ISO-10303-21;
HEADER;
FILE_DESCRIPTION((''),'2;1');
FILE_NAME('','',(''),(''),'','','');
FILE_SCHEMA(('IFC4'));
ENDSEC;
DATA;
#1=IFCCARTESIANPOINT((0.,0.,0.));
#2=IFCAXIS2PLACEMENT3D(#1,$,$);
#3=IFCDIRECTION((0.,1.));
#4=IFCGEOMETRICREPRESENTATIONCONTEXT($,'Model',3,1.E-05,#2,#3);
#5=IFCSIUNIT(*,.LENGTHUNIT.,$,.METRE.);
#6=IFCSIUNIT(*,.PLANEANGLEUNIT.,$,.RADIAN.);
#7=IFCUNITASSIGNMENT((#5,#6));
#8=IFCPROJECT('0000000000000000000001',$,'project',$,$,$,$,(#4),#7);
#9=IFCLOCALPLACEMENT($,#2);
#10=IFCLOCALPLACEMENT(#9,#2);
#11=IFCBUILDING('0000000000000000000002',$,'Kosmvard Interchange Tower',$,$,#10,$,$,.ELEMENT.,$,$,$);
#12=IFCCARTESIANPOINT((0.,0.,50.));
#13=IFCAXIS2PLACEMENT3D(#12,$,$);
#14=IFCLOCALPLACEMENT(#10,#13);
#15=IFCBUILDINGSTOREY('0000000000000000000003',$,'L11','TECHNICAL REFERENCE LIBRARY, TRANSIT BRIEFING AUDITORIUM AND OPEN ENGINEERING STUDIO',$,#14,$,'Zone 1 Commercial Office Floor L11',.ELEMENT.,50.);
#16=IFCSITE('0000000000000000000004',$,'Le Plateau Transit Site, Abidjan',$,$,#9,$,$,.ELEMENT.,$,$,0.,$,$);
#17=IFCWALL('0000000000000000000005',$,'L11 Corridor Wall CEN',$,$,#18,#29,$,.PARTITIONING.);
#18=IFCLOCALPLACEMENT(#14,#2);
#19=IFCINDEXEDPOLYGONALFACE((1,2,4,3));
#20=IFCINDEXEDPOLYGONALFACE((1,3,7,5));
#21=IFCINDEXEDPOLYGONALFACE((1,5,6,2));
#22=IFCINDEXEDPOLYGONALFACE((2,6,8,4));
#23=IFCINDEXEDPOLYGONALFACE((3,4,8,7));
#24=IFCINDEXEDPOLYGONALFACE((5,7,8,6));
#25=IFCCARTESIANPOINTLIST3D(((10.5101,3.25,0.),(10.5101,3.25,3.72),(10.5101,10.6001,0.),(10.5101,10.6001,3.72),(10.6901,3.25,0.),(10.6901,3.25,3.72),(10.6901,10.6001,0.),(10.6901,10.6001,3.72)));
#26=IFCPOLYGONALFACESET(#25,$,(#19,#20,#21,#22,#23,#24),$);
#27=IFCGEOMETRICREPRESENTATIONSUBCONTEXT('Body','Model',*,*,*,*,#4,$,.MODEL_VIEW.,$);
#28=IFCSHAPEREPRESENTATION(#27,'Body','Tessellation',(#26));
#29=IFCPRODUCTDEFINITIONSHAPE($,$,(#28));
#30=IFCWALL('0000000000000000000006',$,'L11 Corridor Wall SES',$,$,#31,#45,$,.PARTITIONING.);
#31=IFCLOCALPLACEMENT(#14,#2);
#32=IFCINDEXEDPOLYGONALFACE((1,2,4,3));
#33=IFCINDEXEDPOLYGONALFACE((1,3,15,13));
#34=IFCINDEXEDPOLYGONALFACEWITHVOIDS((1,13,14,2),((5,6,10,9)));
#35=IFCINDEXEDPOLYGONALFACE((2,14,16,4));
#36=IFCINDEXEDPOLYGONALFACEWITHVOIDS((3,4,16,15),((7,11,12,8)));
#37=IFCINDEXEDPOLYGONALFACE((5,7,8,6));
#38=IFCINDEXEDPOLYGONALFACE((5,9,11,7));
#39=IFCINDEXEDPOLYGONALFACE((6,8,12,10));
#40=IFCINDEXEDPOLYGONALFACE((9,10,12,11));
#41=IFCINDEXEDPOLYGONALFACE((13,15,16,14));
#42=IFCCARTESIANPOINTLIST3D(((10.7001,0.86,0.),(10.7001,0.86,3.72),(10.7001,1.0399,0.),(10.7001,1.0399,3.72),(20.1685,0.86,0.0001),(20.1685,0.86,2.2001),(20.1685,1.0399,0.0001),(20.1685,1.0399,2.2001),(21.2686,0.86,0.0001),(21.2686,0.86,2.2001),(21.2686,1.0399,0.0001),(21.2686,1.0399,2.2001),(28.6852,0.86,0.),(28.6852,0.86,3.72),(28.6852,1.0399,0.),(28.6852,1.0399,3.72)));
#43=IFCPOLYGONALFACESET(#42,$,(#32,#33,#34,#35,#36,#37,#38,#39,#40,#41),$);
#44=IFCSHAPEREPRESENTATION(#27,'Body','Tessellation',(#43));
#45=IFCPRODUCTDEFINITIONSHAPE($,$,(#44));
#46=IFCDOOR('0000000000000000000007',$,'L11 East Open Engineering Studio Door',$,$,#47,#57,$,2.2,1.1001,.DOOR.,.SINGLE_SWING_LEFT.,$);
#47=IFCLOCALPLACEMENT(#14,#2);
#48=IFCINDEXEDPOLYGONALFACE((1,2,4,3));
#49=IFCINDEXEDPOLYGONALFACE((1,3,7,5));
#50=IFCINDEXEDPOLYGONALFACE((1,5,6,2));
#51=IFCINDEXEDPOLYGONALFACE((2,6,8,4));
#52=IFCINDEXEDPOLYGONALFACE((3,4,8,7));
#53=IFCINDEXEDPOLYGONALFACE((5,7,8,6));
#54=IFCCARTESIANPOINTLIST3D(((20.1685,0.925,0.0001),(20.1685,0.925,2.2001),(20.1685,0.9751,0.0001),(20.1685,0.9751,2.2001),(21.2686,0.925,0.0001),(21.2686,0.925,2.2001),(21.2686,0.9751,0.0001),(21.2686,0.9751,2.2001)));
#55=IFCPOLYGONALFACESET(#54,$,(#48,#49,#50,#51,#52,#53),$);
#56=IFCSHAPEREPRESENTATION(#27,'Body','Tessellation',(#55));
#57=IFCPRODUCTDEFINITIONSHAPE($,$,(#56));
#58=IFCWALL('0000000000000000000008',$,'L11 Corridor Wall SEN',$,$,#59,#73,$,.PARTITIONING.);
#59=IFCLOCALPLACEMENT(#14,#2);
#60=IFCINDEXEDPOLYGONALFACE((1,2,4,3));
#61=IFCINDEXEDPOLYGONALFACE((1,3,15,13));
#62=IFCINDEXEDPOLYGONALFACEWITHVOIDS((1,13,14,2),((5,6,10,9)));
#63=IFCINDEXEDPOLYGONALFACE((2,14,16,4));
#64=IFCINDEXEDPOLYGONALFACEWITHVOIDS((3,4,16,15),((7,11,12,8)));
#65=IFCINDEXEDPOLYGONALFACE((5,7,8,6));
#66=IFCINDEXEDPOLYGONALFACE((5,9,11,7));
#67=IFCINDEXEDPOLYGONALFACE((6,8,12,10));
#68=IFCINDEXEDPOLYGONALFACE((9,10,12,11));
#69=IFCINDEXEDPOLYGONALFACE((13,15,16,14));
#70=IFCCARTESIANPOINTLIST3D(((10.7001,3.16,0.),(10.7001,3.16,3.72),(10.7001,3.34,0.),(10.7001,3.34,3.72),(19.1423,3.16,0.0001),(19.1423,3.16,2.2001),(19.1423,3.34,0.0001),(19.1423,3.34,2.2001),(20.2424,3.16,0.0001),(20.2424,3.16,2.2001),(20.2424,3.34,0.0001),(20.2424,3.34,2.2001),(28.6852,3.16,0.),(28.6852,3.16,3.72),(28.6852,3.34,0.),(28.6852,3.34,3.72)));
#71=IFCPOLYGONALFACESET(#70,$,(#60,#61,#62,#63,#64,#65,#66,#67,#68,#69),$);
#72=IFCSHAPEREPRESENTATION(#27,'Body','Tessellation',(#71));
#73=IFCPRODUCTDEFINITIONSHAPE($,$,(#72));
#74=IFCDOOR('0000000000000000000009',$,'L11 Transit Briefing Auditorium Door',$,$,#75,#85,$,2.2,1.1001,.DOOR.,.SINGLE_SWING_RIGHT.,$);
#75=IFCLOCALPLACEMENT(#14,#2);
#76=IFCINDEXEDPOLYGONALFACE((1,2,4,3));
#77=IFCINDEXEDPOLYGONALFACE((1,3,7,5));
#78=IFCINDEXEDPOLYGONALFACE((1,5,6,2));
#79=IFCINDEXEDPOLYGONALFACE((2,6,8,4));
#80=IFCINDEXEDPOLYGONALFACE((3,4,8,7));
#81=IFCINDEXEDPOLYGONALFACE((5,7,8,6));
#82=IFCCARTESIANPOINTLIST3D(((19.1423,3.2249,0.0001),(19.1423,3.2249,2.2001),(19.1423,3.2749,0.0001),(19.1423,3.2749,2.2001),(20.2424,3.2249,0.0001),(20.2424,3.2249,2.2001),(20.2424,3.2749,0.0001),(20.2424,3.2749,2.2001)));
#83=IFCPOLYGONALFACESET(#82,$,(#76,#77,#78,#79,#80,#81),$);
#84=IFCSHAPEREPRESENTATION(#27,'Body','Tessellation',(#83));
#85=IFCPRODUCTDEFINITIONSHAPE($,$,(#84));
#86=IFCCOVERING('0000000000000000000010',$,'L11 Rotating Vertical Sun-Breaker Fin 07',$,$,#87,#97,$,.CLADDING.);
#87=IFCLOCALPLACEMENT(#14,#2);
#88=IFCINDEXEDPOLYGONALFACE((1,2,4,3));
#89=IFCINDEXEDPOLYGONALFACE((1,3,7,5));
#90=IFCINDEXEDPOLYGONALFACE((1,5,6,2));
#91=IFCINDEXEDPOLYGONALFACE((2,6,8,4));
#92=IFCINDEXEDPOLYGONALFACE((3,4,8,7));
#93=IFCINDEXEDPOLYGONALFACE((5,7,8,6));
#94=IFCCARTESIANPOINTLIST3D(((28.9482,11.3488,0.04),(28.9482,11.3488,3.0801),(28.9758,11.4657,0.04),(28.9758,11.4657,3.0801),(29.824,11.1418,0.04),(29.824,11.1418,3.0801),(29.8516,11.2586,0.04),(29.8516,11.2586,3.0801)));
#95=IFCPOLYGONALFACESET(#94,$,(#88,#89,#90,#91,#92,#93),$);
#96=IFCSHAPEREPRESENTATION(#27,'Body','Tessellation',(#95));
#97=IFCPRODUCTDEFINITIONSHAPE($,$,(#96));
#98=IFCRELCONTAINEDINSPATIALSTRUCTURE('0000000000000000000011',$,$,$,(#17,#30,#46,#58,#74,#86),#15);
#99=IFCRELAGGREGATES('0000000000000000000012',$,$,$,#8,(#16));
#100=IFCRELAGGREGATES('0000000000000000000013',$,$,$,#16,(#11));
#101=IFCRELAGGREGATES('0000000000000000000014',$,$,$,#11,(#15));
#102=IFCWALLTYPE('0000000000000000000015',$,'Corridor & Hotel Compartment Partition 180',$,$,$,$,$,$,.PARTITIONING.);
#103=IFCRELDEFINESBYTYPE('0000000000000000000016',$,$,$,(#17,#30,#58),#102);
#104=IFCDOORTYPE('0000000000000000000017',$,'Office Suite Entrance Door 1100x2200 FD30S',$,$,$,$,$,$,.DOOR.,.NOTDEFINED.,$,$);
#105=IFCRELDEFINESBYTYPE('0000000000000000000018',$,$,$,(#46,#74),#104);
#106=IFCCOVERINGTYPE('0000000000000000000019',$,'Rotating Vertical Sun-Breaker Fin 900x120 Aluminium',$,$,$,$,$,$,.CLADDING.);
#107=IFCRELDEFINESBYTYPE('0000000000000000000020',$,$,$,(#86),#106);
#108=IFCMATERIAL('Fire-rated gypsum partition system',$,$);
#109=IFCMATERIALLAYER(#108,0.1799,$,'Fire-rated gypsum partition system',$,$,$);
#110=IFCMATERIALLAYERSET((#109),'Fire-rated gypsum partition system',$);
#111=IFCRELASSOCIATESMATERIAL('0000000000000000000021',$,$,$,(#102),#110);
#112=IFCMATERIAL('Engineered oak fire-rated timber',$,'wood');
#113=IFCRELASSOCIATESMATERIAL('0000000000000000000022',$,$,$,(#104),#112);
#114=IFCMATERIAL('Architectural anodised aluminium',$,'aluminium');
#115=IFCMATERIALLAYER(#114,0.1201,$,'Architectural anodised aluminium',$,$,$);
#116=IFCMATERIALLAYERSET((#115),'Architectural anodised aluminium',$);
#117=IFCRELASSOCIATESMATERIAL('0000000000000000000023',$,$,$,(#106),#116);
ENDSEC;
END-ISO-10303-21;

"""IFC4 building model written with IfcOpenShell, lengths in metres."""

from ifc_helpers import new_model, si_unit, direction, frame, frame_2d, origin, origin_2d, place, context, subcontext, project, spatial, rectangle, extrude, source, transform, mapped, material, layer, layer_set, type_object, element, fill, save


model = new_model("IFC4")

# Units and contexts
model_context = context("Model", 3, precision=1e-05, world=origin(), true_north=direction((0.0, 1.0)))
body_context = subcontext(model_context, "Body", "Model", "MODEL_VIEW")
ifc_project = project(units=[si_unit("LENGTHUNIT", "METRE"), si_unit("PLANEANGLEUNIT", "RADIAN")], contexts=[model_context])

# Site, building, storey
site_placement = place(None, origin())
site = spatial("IfcSite", under=ifc_project, at=site_placement, Name="Le Plateau Transit Site, Abidjan", CompositionType="ELEMENT", RefElevation=0.0)
building_placement = place(site_placement, origin())
building = spatial("IfcBuilding", under=site, at=building_placement, Name="Kosmvard Interchange Tower", CompositionType="ELEMENT")
storey_placement = place(building_placement, frame((0.0, 0.0, 50.0)))
storey = spatial("IfcBuildingStorey", under=building, at=storey_placement, Name="L11", Description="TECHNICAL REFERENCE LIBRARY, TRANSIT BRIEFING AUDITORIUM AND OPEN ENGINEERING STUDIO", LongName="Zone 1 Commercial Office Floor L11", CompositionType="ELEMENT", Elevation=50.0)

# Wall
ifc_material_1 = material(Name="Fire-rated gypsum partition system")
ifc_layer_1 = layer(ifc_material_1, 0.1799, Name="Fire-rated gypsum partition system")
ifc_layer_set_1 = layer_set([ifc_layer_1], Name="Fire-rated gypsum partition system")
wall_type = type_object("IfcWallType", Name="Corridor & Hotel Compartment Partition 180", PredefinedType="PARTITIONING", material=ifc_layer_set_1)
wall_1_placement = place(storey_placement, frame((10.6001, 3.25, 0.0), z_axis=(0.0, 0.0, 1.0), x_axis=(0.0, 1.0, 0.0)))
element("IfcWall", 1, at=wall_1_placement, inside=storey, type_object=wall_type, Name="L11 Corridor Wall CEN", PredefinedType="PARTITIONING", context=body_context, shape_type="SweptSolid", body=[
    extrude(rectangle(XDim=7.3501, YDim=0.1799, at=frame_2d((3.675, 0.0))), origin(), (0.0, 0.0, 1.0), 3.72),
])

# Walls, openings, doors
wall_2_placement = place(storey_placement, frame((10.7, 0.95, 0.0), z_axis=(0.0, 0.0, 1.0), x_axis=(1.0, 0.0, 0.0)))
wall_2 = element("IfcWall", 2, at=wall_2_placement, inside=storey, type_object=wall_type, Name="L11 Corridor Wall SES", PredefinedType="PARTITIONING", context=body_context, shape_type="SweptSolid", body=[
    extrude(rectangle(XDim=17.9851, YDim=0.1799, at=frame_2d((8.9927, 0.0))), origin(), (0.0, 0.0, 1.0), 3.72),
])
opening_1_placement = place(wall_2_placement, frame((9.4685, 0.0, 0.0)))
opening_1 = element("IfcOpeningElement", 3, at=opening_1_placement, cuts=wall_2, PredefinedType="OPENING", context=body_context, shape_type="SweptSolid", body=[
    extrude(rectangle(XDim=1.1001, YDim=2.2, at=frame_2d((0.55, 1.1001))), frame((0.0, 0.1001, 0.0), z_axis=(0.0, -1.0, 0.0), x_axis=(1.0, 0.0, 0.0)), (0.0, 0.0, 1.0), 0.2),
])
ifc_material_2 = material(Name="Engineered oak fire-rated timber", Category="wood")
door_type = type_object("IfcDoorType", Name="Office Suite Entrance Door 1100x2200 FD30S", OperationType="NOTDEFINED", PredefinedType="DOOR", material=ifc_material_2)
shared_shape_1 = source(origin(), body_context, "Body", "SweptSolid", [
    extrude(rectangle(XDim=1.1001, YDim=2.2, at=frame_2d((0.55, 1.1001))), frame((0.0, 0.0249, 0.0), z_axis=(0.0, -1.0, 0.0), x_axis=(1.0, 0.0, 0.0)), (0.0, 0.0, 1.0), 0.05),
])
door_1_placement = place(opening_1_placement, frame((1.1001, 0.0, 0.0), z_axis=(0.0, 0.0, 1.0), x_axis=(-1.0, 0.0, 0.0)))
door_1 = element("IfcDoor", 4, at=door_1_placement, inside=storey, type_object=door_type, Name="L11 East Open Engineering Studio Door", OperationType="SINGLE_SWING_LEFT", OverallHeight=2.2, OverallWidth=1.1001, PredefinedType="DOOR", context=body_context, shape_type="MappedRepresentation", body=[
    mapped(shared_shape_1, transform((0.0, 0.0, 0.0), scale=1.0)),
])
fill(opening_1, door_1)
wall_3_placement = place(storey_placement, frame((10.7, 3.25, 0.0), z_axis=(0.0, 0.0, 1.0), x_axis=(1.0, 0.0, 0.0)))
wall_3 = element("IfcWall", 5, at=wall_3_placement, inside=storey, type_object=wall_type, Name="L11 Corridor Wall SEN", PredefinedType="PARTITIONING", context=body_context, shape_type="SweptSolid", body=[
    extrude(rectangle(XDim=17.9851, YDim=0.1799, at=frame_2d((8.9927, 0.0))), origin(), (0.0, 0.0, 1.0), 3.72),
])
opening_2_placement = place(wall_3_placement, frame((8.4424, 0.0, 0.0)))
opening_2 = element("IfcOpeningElement", 6, at=opening_2_placement, cuts=wall_3, PredefinedType="OPENING", context=body_context, shape_type="SweptSolid", body=[
    extrude(rectangle(XDim=1.1001, YDim=2.2, at=frame_2d((0.55, 1.1001))), frame((0.0, 0.1001, 0.0), z_axis=(0.0, -1.0, 0.0), x_axis=(1.0, 0.0, 0.0)), (0.0, 0.0, 1.0), 0.2),
])
door_2_placement = place(opening_2_placement, origin())
door_2 = element("IfcDoor", 7, at=door_2_placement, inside=storey, type_object=door_type, Name="L11 Transit Briefing Auditorium Door", OperationType="SINGLE_SWING_RIGHT", OverallHeight=2.2, OverallWidth=1.1001, PredefinedType="DOOR", context=body_context, shape_type="MappedRepresentation", body=[
    mapped(shared_shape_1, transform((0.0, 0.0, 0.0), scale=1.0)),
])
fill(opening_2, door_2)

# Covering
ifc_material_3 = material(Name="Architectural anodised aluminium", Category="aluminium")
ifc_layer_2 = layer(ifc_material_3, 0.1201, Name="Architectural anodised aluminium")
ifc_layer_set_2 = layer_set([ifc_layer_2], Name="Architectural anodised aluminium")
covering_type = type_object("IfcCoveringType", Name="Rotating Vertical Sun-Breaker Fin 900x120 Aluminium", PredefinedType="CLADDING", material=ifc_layer_set_2)
shared_shape_2 = source(origin(), body_context, "Body", "SweptSolid", [
    extrude(rectangle(XDim=0.8999, YDim=0.1201, at=origin_2d()), origin(), (0.0, 0.0, 1.0), 3.04),
])
covering_placement = place(storey_placement, frame((29.3999, 11.3037, 0.04), z_axis=(0.0, 0.0, 1.0), x_axis=(0.973179, -0.23005, 0.0)))
element("IfcCovering", 8, at=covering_placement, inside=storey, type_object=covering_type, Name="L11 Rotating Vertical Sun-Breaker Fin 07", PredefinedType="CLADDING", context=body_context, shape_type="MappedRepresentation", body=[
    mapped(shared_shape_2, transform((0.0, 0.0, 0.0), scale=1.0)),
])

save(model, "model.ifc")
